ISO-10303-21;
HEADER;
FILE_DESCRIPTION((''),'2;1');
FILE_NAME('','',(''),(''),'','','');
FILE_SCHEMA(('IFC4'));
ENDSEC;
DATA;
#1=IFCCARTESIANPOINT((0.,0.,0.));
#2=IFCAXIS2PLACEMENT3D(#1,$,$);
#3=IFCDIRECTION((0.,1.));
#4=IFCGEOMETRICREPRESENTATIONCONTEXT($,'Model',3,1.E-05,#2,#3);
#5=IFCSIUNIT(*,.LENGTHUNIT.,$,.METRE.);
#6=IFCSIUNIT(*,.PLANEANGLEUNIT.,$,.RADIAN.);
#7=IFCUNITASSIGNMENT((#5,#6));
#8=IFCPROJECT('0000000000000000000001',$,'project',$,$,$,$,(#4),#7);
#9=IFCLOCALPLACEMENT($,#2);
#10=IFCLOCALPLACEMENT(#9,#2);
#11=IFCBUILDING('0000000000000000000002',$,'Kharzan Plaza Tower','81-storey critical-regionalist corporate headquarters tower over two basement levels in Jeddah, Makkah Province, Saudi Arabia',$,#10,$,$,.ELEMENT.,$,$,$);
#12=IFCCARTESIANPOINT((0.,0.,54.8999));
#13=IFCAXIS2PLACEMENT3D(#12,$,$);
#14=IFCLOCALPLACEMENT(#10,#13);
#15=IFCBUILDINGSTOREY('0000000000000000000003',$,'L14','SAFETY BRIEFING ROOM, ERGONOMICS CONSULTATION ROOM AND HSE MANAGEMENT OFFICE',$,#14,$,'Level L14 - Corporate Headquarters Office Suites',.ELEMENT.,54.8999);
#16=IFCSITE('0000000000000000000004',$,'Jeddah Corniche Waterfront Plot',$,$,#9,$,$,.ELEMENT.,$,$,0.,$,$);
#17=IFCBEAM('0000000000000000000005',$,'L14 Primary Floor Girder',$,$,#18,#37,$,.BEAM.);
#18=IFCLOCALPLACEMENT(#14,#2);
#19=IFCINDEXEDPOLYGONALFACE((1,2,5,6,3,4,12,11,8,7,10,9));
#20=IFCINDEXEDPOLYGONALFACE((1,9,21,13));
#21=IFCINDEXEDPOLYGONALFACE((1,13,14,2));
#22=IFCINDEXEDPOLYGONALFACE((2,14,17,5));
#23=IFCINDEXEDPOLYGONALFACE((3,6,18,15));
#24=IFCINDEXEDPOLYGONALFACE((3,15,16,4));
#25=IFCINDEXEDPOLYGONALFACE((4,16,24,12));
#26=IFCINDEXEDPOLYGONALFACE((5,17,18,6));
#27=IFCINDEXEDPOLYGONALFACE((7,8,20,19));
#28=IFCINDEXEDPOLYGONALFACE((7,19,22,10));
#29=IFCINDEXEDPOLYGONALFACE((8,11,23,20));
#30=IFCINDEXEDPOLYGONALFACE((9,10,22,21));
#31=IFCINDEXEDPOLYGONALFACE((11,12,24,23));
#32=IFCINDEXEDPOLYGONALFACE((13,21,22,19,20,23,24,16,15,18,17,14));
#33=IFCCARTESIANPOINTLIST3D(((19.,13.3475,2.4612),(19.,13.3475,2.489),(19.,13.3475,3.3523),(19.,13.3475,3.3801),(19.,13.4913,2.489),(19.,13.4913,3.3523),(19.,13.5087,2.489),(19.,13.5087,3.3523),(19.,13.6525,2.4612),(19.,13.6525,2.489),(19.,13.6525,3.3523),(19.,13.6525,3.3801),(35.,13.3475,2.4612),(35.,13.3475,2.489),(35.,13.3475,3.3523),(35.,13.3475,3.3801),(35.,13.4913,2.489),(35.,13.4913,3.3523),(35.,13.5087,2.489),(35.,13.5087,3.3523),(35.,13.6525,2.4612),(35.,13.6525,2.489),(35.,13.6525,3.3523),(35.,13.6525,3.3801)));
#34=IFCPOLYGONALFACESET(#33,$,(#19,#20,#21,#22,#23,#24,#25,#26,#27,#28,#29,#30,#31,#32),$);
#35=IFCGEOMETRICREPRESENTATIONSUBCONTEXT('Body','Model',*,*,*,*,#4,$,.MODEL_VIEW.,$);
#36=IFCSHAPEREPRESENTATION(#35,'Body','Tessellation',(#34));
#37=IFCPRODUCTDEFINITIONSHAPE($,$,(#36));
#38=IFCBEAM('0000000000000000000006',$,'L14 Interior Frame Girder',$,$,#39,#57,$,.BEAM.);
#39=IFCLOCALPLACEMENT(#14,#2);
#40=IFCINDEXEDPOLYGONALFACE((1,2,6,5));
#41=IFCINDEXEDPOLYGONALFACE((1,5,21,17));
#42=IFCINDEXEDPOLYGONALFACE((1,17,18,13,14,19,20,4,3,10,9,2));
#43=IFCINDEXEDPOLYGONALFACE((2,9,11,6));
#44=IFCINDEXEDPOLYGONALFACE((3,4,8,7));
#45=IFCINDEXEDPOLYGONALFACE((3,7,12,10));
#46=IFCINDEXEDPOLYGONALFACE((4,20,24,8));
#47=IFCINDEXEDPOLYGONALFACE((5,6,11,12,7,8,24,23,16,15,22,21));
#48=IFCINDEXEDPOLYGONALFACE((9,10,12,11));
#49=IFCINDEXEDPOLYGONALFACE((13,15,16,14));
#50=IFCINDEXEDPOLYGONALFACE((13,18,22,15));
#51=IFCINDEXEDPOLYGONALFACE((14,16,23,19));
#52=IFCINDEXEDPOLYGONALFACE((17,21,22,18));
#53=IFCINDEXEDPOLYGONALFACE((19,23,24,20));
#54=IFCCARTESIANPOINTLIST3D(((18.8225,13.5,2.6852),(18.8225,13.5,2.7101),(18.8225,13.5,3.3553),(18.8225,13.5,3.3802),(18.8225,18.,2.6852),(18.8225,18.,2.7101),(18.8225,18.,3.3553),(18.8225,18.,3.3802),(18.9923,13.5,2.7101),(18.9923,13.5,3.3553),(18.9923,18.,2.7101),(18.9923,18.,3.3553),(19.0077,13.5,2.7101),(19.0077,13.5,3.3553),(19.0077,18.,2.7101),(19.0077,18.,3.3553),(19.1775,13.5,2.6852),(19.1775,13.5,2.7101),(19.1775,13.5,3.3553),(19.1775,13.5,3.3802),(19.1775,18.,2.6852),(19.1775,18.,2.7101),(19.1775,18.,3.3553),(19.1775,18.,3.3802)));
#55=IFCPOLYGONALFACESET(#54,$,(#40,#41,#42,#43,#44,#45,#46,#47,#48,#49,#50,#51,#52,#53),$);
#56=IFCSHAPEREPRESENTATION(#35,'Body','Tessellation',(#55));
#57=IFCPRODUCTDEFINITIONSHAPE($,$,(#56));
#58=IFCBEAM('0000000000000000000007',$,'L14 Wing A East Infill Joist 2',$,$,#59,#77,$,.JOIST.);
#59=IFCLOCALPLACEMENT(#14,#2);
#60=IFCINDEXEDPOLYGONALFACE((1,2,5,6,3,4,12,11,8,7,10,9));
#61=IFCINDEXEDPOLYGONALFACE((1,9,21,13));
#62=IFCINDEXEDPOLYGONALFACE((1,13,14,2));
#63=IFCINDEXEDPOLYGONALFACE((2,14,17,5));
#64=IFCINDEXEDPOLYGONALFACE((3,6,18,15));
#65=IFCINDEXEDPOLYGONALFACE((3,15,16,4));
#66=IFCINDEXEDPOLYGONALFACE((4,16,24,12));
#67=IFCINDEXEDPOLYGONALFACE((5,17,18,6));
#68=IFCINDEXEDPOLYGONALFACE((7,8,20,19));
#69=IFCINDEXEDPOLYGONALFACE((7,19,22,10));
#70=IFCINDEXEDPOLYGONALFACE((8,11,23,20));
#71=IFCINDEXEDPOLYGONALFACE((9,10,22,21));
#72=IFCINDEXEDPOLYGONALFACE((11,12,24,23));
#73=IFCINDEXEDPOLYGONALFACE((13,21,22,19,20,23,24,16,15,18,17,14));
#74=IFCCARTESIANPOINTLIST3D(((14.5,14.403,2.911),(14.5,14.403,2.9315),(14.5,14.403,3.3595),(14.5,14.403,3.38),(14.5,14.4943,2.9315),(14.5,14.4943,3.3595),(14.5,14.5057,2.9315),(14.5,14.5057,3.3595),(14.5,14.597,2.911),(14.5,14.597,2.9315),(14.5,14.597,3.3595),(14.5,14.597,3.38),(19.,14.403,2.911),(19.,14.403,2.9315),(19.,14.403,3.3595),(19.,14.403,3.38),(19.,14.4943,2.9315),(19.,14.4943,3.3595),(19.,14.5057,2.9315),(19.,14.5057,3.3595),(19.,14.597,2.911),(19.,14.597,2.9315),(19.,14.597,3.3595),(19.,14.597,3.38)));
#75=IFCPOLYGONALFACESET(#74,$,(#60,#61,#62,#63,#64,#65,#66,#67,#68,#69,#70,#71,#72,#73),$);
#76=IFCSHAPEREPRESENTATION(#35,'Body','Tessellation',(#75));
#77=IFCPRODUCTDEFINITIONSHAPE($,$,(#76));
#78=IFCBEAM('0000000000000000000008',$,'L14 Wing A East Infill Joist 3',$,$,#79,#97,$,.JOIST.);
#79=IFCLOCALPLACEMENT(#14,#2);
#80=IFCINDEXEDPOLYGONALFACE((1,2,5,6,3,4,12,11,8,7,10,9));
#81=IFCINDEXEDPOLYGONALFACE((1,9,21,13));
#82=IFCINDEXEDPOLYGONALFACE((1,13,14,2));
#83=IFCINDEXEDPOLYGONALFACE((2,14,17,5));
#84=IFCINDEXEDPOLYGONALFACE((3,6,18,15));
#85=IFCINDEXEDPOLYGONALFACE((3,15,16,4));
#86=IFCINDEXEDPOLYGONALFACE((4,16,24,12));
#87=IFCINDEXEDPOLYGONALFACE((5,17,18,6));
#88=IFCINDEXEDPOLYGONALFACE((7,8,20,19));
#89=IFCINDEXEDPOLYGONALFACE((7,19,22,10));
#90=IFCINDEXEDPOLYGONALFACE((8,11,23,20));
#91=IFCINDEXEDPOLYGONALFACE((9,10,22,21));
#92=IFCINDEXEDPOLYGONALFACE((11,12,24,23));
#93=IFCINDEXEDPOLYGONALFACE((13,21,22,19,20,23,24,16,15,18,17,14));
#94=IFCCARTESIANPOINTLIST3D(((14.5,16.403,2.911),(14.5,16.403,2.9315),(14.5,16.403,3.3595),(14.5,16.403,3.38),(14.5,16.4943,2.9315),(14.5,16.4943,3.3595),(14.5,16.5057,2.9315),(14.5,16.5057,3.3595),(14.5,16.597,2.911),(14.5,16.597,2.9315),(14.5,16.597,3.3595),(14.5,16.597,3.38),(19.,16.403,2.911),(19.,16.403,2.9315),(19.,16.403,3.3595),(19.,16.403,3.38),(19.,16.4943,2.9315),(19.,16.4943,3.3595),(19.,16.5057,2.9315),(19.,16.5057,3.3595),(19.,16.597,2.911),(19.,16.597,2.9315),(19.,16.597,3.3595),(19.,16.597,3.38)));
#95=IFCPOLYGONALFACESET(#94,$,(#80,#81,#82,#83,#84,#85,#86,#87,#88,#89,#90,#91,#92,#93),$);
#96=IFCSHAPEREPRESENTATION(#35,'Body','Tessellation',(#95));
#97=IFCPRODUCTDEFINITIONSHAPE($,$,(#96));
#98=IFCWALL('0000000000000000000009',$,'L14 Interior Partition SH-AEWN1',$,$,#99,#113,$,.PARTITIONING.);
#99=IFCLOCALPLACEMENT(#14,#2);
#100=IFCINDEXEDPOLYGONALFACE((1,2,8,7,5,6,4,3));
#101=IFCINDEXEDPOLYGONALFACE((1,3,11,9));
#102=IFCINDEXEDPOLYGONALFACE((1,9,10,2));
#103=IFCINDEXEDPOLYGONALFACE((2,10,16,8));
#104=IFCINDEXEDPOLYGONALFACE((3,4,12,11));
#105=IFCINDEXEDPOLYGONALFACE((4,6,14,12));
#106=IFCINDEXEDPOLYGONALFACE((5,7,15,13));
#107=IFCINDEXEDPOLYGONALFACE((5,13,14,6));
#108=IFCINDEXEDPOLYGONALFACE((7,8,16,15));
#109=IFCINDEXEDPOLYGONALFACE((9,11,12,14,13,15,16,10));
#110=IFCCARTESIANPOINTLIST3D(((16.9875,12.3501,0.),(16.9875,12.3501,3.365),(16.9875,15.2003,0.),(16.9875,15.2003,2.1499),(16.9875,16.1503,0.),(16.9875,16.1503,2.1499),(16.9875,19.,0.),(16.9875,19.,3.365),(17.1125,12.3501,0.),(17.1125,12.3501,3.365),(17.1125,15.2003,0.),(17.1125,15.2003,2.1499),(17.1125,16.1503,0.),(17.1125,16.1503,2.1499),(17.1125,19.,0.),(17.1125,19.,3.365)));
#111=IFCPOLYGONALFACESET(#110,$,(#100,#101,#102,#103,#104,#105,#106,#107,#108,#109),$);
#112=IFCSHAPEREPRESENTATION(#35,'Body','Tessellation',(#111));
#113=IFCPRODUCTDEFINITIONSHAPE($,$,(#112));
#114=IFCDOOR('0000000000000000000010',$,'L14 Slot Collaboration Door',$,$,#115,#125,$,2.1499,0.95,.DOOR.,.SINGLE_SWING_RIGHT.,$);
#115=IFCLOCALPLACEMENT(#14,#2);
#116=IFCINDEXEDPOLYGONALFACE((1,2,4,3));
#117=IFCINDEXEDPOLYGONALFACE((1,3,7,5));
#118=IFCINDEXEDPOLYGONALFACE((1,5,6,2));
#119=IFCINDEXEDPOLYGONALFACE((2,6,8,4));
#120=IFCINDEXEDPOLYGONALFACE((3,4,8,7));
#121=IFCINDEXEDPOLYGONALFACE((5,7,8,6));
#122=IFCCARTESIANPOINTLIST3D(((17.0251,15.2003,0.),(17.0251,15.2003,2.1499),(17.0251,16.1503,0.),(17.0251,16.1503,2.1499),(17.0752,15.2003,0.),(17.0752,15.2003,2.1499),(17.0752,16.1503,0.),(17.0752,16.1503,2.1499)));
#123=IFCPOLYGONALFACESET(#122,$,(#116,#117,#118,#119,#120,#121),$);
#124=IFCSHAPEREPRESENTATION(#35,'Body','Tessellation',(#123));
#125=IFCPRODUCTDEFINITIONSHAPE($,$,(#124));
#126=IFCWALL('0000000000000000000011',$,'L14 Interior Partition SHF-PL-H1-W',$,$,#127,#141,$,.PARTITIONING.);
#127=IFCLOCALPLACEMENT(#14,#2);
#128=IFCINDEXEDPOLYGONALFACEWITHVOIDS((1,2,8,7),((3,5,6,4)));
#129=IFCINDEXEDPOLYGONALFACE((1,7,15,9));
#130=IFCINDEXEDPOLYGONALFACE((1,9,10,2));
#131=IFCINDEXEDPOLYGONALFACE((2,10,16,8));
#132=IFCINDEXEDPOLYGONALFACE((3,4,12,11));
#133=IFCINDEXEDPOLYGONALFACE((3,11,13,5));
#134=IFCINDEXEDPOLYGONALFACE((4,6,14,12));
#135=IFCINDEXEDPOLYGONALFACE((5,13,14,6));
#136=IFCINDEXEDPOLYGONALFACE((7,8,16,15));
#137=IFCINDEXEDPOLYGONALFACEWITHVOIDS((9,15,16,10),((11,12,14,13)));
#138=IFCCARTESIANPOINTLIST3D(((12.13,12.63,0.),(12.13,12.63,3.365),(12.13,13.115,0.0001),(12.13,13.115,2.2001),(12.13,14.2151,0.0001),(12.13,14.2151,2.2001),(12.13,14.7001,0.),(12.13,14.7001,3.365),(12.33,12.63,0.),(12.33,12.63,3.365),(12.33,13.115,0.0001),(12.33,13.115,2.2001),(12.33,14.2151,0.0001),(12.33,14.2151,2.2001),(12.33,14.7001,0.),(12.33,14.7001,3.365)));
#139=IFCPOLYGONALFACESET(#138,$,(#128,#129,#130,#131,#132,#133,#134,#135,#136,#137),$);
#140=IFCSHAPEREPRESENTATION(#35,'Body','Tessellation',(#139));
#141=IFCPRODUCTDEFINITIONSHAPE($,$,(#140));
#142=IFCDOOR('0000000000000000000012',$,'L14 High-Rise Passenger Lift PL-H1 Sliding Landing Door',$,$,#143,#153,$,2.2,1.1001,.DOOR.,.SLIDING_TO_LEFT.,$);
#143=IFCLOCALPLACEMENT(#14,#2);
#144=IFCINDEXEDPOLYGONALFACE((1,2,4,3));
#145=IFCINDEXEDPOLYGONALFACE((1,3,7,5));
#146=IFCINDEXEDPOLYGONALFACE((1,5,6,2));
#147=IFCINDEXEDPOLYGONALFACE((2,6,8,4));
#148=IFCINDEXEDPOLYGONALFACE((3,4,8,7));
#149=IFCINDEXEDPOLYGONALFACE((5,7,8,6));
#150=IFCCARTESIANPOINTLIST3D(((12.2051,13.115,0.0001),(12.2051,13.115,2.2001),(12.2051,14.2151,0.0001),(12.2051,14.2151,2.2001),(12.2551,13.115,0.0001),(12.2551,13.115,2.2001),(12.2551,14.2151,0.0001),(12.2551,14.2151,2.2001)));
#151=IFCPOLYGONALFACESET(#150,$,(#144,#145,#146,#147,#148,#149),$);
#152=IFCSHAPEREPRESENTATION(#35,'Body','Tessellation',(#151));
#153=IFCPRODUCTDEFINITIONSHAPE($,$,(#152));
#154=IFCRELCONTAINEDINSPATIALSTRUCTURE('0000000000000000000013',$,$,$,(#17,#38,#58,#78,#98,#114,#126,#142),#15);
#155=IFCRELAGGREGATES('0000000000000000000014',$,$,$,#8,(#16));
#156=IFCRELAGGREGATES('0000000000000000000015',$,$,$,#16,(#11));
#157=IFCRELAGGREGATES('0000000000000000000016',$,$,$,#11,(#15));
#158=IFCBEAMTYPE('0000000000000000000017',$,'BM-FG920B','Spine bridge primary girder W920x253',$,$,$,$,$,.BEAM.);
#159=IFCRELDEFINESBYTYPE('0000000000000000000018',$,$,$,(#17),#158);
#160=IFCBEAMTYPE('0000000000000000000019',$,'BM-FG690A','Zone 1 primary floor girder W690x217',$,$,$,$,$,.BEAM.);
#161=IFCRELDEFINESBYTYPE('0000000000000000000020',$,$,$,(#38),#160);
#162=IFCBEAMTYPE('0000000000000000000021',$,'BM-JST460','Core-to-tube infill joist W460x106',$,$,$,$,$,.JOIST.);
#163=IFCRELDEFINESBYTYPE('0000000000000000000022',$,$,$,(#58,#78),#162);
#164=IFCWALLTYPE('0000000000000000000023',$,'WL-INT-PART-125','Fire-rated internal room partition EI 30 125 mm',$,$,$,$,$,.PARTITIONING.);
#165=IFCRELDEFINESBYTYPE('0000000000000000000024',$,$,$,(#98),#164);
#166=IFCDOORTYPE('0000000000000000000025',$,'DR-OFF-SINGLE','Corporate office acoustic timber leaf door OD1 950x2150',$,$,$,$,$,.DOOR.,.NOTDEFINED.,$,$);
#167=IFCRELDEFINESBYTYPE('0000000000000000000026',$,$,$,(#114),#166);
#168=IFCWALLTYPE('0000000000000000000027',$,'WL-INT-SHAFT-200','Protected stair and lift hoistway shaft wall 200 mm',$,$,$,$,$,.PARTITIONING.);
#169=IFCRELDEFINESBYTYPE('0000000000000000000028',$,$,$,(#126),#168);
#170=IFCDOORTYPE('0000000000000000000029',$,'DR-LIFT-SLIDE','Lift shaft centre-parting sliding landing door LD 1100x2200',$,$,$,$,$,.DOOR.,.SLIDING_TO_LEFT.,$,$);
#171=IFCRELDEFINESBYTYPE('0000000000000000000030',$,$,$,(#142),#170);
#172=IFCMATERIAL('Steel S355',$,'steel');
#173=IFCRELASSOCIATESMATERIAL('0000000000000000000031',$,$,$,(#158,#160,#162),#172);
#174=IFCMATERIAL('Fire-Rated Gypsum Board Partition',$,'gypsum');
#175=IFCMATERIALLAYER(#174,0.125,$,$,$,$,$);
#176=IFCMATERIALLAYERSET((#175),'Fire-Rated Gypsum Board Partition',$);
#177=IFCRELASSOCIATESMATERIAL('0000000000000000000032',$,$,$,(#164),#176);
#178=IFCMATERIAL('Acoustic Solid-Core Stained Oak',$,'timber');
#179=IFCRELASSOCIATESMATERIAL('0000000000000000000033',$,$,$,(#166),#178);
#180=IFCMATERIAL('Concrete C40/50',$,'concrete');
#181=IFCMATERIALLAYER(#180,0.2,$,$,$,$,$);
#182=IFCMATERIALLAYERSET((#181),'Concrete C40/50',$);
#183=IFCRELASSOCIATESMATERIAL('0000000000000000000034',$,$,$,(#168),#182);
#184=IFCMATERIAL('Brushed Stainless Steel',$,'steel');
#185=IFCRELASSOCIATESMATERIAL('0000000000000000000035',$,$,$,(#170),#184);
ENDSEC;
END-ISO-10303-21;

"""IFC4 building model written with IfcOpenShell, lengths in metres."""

from ifc_helpers import new_model, si_unit, direction, frame, frame_2d, origin, origin_2d, place, context, subcontext, project, spatial, rectangle, i_section, extrude, source, transform, mapped, material, layer, layer_set, material_profile, profile_set, type_object, element, fill, save


model = new_model("IFC4")

# Units and contexts
model_context = context("Model", 3, precision=1e-05, world=origin(), true_north=direction((0.0, 1.0)))
body_context = subcontext(model_context, "Body", "Model", "MODEL_VIEW")
ifc_project = project(units=[si_unit("LENGTHUNIT", "METRE"), si_unit("PLANEANGLEUNIT", "RADIAN")], contexts=[model_context])

# Site, building, storey
site_placement = place(None, origin())
site = spatial("IfcSite", under=ifc_project, at=site_placement, Name="Jeddah Corniche Waterfront Plot", CompositionType="ELEMENT", RefElevation=0.0)
building_placement = place(site_placement, origin())
building = spatial("IfcBuilding", under=site, at=building_placement, Name="Kharzan Plaza Tower", Description="81-storey critical-regionalist corporate headquarters tower over two basement levels in Jeddah, Makkah Province, Saudi Arabia", CompositionType="ELEMENT")
storey_placement = place(building_placement, frame((0.0, 0.0, 54.8999)))
storey = spatial("IfcBuildingStorey", under=building, at=storey_placement, Name="L14", Description="SAFETY BRIEFING ROOM, ERGONOMICS CONSULTATION ROOM AND HSE MANAGEMENT OFFICE", LongName="Level L14 - Corporate Headquarters Office Suites", CompositionType="ELEMENT", Elevation=54.8999)

# Beams
ifc_material_1 = material(Name="Steel S355", Category="steel")
ifc_material_profile_1 = material_profile(ifc_material_1, i_section(OverallWidth=0.3049, OverallDepth=0.9189, WebThickness=0.0173, FlangeThickness=0.0278, at=origin_2d()), Name="W920x253")
ifc_profile_set_1 = profile_set([ifc_material_profile_1], Name="Steel S355")
beam_type_1 = type_object("IfcBeamType", Name="BM-FG920B", Description="Spine bridge primary girder W920x253", PredefinedType="BEAM", material=ifc_profile_set_1)
shared_shape_1 = source(origin(), body_context, "Body", "SweptSolid", [
    extrude(i_section(OverallWidth=0.3049, OverallDepth=0.9189, WebThickness=0.0173, FlangeThickness=0.0278, at=origin_2d()), origin(), (0.0, 0.0, 1.0), 16.0),
])
beam_1_placement = place(storey_placement, frame((19.0, 13.5, 2.9207), z_axis=(1.0, 0.0, 0.0), x_axis=(0.0, 1.0, 0.0)))
element("IfcBeam", 1, at=beam_1_placement, inside=storey, type_object=beam_type_1, Name="L14 Primary Floor Girder", PredefinedType="BEAM", context=body_context, shape_type="MappedRepresentation", body=[
    mapped(shared_shape_1, transform((0.0, 0.0, 0.0), x_axis=(1.0, 0.0, 0.0), y_axis=(0.0, 1.0, 0.0), z_axis=(0.0, 0.0, 1.0))),
])
ifc_material_profile_2 = material_profile(ifc_material_1, i_section(OverallWidth=0.355, OverallDepth=0.6951, WebThickness=0.0154, FlangeThickness=0.0249, at=origin_2d()), Name="W690x217")
ifc_profile_set_2 = profile_set([ifc_material_profile_2], Name="Steel S355")
beam_type_2 = type_object("IfcBeamType", Name="BM-FG690A", Description="Zone 1 primary floor girder W690x217", PredefinedType="BEAM", material=ifc_profile_set_2)
shared_shape_2 = source(origin(), body_context, "Body", "SweptSolid", [
    extrude(i_section(OverallWidth=0.355, OverallDepth=0.6951, WebThickness=0.0154, FlangeThickness=0.0249, at=origin_2d()), origin(), (0.0, 0.0, 1.0), 4.5),
])
beam_2_placement = place(storey_placement, frame((19.0, 13.5, 3.0327), z_axis=(0.0, 1.0, 0.0), x_axis=(-1.0, 0.0, 0.0)))
element("IfcBeam", 2, at=beam_2_placement, inside=storey, type_object=beam_type_2, Name="L14 Interior Frame Girder", PredefinedType="BEAM", context=body_context, shape_type="MappedRepresentation", body=[
    mapped(shared_shape_2, transform((0.0, 0.0, 0.0), x_axis=(1.0, 0.0, 0.0), y_axis=(0.0, 1.0, 0.0), z_axis=(0.0, 0.0, 1.0))),
])
ifc_material_profile_3 = material_profile(ifc_material_1, i_section(OverallWidth=0.1941, OverallDepth=0.469, WebThickness=0.0115, FlangeThickness=0.0205, at=origin_2d()), Name="W460x106")
ifc_profile_set_3 = profile_set([ifc_material_profile_3], Name="Steel S355")
beam_type_3 = type_object("IfcBeamType", Name="BM-JST460", Description="Core-to-tube infill joist W460x106", PredefinedType="JOIST", material=ifc_profile_set_3)
shared_shape_3 = source(origin(), body_context, "Body", "SweptSolid", [
    extrude(i_section(OverallWidth=0.1941, OverallDepth=0.469, WebThickness=0.0115, FlangeThickness=0.0205, at=origin_2d()), origin(), (0.0, 0.0, 1.0), 4.5),
])
for number, where, z_axis, x_axis, name in (
    (3, (14.5, 14.5, 3.1455), (1.0, 0.0, 0.0), (0.0, 1.0, 0.0), "L14 Wing A East Infill Joist 2"),
    (4, (14.5, 16.5, 3.1455), (1.0, 0.0, 0.0), (0.0, 1.0, 0.0), "L14 Wing A East Infill Joist 3"),
):
    element("IfcBeam", number, at=place(storey_placement, frame(where, z_axis=z_axis, x_axis=x_axis)), inside=storey, type_object=beam_type_3, Name=name, PredefinedType="JOIST", context=body_context, shape_type="MappedRepresentation", body=[
        mapped(shared_shape_3, transform((0.0, 0.0, 0.0), x_axis=(1.0, 0.0, 0.0), y_axis=(0.0, 1.0, 0.0), z_axis=(0.0, 0.0, 1.0))),
    ])

# Walls, openings, doors
ifc_material_2 = material(Name="Fire-Rated Gypsum Board Partition", Category="gypsum")
ifc_layer_1 = layer(ifc_material_2, 0.125)
ifc_layer_set_1 = layer_set([ifc_layer_1], Name="Fire-Rated Gypsum Board Partition")
wall_type_1 = type_object("IfcWallType", Name="WL-INT-PART-125", Description="Fire-rated internal room partition EI 30 125 mm", PredefinedType="PARTITIONING", material=ifc_layer_set_1)
wall_1_placement = place(storey_placement, frame((17.05, 12.3501, 0.0), z_axis=(0.0, 0.0, 1.0), x_axis=(0.0, 1.0, 0.0)))
wall_1 = element("IfcWall", 5, at=wall_1_placement, inside=storey, type_object=wall_type_1, Name="L14 Interior Partition SH-AEWN1", PredefinedType="PARTITIONING", context=body_context, shape_type="SweptSolid", body=[
    extrude(rectangle(XDim=6.6499, YDim=0.125, at=frame_2d((3.325, 0.0))), origin(), (0.0, 0.0, 1.0), 3.365),
])
opening_1_placement = place(wall_1_placement, frame((2.8501, 0.0, 0.0)))
opening_1 = element("IfcOpeningElement", 6, at=opening_1_placement, cuts=wall_1, PredefinedType="OPENING", context=body_context, shape_type="SweptSolid", body=[
    extrude(rectangle(XDim=0.95, YDim=2.1499, at=frame_2d((0.4751, 1.075))), frame((0.0, 0.0725, 0.0), z_axis=(0.0, -1.0, 0.0), x_axis=(1.0, 0.0, 0.0)), (0.0, 0.0, 1.0), 0.145),
])
ifc_material_3 = material(Name="Acoustic Solid-Core Stained Oak", Category="timber")
door_type_1 = type_object("IfcDoorType", Name="DR-OFF-SINGLE", Description="Corporate office acoustic timber leaf door OD1 950x2150", OperationType="NOTDEFINED", PredefinedType="DOOR", material=ifc_material_3)
shared_shape_4 = source(origin(), body_context, "Body", "SweptSolid", [
    extrude(rectangle(XDim=0.95, YDim=2.1499, at=frame_2d((0.4751, 1.075))), frame((0.0, 0.0249, 0.0), z_axis=(0.0, -1.0, 0.0), x_axis=(1.0, 0.0, 0.0)), (0.0, 0.0, 1.0), 0.05),
])
door_1_placement = place(opening_1_placement, origin())
door_1 = element("IfcDoor", 7, at=door_1_placement, inside=storey, type_object=door_type_1, Name="L14 Slot Collaboration Door", OperationType="SINGLE_SWING_RIGHT", OverallHeight=2.1499, OverallWidth=0.95, PredefinedType="DOOR", context=body_context, shape_type="MappedRepresentation", body=[
    mapped(shared_shape_4, transform((0.0, 0.0, 0.0), x_axis=(1.0, 0.0, 0.0), y_axis=(0.0, 1.0, 0.0), z_axis=(0.0, 0.0, 1.0))),
])
fill(opening_1, door_1)
ifc_material_4 = material(Name="Concrete C40/50", Category="concrete")
ifc_layer_2 = layer(ifc_material_4, 0.2)
ifc_layer_set_2 = layer_set([ifc_layer_2], Name="Concrete C40/50")
wall_type_2 = type_object("IfcWallType", Name="WL-INT-SHAFT-200", Description="Protected stair and lift hoistway shaft wall 200 mm", PredefinedType="PARTITIONING", material=ifc_layer_set_2)
wall_2_placement = place(storey_placement, frame((12.23, 12.6299, 0.0), z_axis=(0.0, 0.0, 1.0), x_axis=(0.0, 1.0, 0.0)))
wall_2 = element("IfcWall", 8, at=wall_2_placement, inside=storey, type_object=wall_type_2, Name="L14 Interior Partition SHF-PL-H1-W", PredefinedType="PARTITIONING", context=body_context, shape_type="SweptSolid", body=[
    extrude(rectangle(XDim=2.0701, YDim=0.2, at=frame_2d((1.0352, 0.0))), origin(), (0.0, 0.0, 1.0), 3.365),
])
opening_2_placement = place(wall_2_placement, frame((0.4851, 0.0, 0.0)))
opening_2 = element("IfcOpeningElement", 9, at=opening_2_placement, cuts=wall_2, PredefinedType="OPENING", context=body_context, shape_type="SweptSolid", body=[
    extrude(rectangle(XDim=1.1001, YDim=2.2, at=frame_2d((0.55, 1.1001))), frame((0.0, 0.1099, 0.0), z_axis=(0.0, -1.0, 0.0), x_axis=(1.0, 0.0, 0.0)), (0.0, 0.0, 1.0), 0.22),
])
ifc_material_5 = material(Name="Brushed Stainless Steel", Category="steel")
door_type_2 = type_object("IfcDoorType", Name="DR-LIFT-SLIDE", Description="Lift shaft centre-parting sliding landing door LD 1100x2200", OperationType="SLIDING_TO_LEFT", PredefinedType="DOOR", material=ifc_material_5)
shared_shape_5 = source(origin(), body_context, "Body", "SweptSolid", [
    extrude(rectangle(XDim=1.1001, YDim=2.2, at=frame_2d((0.55, 1.1001))), frame((0.0, 0.0249, 0.0), z_axis=(0.0, -1.0, 0.0), x_axis=(1.0, 0.0, 0.0)), (0.0, 0.0, 1.0), 0.05),
])
door_2_placement = place(opening_2_placement, origin())
door_2 = element("IfcDoor", 10, at=door_2_placement, inside=storey, type_object=door_type_2, Name="L14 High-Rise Passenger Lift PL-H1 Sliding Landing Door", OperationType="SLIDING_TO_LEFT", OverallHeight=2.2, OverallWidth=1.1001, PredefinedType="DOOR", context=body_context, shape_type="MappedRepresentation", body=[
    mapped(shared_shape_5, transform((0.0, 0.0, 0.0), x_axis=(1.0, 0.0, 0.0), y_axis=(0.0, 1.0, 0.0), z_axis=(0.0, 0.0, 1.0))),
])
fill(opening_2, door_2)

save(model, "model.ifc")
